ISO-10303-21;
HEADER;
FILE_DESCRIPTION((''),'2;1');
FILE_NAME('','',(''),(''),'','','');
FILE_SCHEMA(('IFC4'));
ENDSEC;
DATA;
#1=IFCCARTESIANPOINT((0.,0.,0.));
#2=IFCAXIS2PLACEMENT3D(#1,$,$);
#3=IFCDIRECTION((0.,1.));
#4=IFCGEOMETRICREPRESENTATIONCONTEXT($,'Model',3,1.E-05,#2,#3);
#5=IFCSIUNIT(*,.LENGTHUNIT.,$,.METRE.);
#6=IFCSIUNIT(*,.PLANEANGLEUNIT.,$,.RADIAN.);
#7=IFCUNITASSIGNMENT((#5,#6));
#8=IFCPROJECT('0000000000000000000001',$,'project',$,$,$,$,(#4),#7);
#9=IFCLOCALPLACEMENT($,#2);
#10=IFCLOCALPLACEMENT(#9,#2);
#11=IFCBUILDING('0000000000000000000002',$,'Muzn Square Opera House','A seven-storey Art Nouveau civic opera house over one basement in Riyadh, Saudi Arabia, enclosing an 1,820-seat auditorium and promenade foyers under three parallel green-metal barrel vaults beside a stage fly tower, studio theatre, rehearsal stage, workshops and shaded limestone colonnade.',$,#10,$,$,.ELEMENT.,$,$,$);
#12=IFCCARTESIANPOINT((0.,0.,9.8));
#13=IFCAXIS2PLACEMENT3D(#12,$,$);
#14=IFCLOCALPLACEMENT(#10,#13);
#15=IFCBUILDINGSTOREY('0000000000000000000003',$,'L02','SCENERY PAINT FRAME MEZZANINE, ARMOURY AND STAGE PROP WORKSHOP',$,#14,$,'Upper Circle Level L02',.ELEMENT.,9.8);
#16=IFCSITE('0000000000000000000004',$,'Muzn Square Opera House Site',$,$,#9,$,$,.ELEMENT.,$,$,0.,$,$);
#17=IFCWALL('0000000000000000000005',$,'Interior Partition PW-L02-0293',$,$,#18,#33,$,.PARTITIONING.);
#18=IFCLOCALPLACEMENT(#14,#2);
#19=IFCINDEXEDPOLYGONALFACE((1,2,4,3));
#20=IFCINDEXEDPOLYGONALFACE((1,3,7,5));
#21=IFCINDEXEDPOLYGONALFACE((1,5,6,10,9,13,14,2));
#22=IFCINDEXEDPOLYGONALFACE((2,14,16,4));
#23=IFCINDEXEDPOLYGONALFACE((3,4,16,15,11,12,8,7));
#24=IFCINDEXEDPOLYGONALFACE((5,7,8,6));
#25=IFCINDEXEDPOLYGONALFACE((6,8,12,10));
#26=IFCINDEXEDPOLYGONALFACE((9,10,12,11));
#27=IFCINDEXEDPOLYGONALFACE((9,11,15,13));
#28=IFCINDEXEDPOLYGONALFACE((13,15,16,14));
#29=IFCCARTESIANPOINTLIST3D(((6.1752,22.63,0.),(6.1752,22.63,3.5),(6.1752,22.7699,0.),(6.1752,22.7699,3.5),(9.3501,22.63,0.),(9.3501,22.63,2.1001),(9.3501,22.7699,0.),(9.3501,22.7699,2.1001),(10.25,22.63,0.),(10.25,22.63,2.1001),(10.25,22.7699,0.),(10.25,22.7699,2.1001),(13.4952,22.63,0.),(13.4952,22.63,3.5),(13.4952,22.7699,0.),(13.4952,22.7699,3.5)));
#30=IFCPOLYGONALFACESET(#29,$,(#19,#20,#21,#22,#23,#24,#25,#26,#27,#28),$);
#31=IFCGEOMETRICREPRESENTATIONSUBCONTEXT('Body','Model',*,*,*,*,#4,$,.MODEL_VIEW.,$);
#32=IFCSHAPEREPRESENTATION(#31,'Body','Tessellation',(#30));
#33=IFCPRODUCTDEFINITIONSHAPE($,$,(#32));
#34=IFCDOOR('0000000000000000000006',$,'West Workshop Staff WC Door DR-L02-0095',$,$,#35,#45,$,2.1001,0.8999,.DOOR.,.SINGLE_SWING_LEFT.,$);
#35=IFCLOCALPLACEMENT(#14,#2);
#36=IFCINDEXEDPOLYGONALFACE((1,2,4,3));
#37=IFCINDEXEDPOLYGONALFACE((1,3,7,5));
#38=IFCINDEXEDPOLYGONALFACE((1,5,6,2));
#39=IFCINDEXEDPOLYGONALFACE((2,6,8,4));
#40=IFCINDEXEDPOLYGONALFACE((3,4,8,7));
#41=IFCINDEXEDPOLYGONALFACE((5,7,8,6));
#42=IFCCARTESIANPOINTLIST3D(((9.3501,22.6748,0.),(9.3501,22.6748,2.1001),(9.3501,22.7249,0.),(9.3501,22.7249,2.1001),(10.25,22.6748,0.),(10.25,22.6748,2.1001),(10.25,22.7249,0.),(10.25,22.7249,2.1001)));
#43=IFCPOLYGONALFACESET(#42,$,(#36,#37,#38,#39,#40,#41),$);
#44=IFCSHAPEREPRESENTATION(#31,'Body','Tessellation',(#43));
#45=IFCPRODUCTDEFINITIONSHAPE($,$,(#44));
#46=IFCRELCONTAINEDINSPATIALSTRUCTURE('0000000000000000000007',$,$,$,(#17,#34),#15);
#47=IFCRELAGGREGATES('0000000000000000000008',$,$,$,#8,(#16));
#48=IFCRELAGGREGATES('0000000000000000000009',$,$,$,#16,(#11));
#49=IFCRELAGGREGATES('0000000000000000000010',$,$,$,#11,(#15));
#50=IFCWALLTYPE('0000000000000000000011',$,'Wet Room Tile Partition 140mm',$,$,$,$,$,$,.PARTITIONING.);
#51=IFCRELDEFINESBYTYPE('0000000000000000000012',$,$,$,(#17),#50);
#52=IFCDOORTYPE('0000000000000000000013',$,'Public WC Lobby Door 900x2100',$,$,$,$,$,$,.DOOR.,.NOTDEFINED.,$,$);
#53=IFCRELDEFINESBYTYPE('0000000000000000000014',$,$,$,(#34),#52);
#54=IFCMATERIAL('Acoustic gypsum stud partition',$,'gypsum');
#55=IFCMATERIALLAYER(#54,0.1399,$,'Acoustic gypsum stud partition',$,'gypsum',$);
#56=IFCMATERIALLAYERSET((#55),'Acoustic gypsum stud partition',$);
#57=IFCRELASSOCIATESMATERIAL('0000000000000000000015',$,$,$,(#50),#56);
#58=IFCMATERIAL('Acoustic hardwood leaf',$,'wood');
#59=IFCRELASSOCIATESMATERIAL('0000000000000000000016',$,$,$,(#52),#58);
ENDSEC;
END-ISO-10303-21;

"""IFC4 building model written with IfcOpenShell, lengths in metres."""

from ifc_helpers import new_model, si_unit, direction, frame, frame_2d, origin, place, context, subcontext, project, spatial, rectangle, extrude, material, layer, layer_set, type_object, element, fill, save


model = new_model("IFC4")

# Units and contexts
model_context = context("Model", 3, precision=1e-05, world=origin(), true_north=direction((0.0, 1.0)))
body_context = subcontext(model_context, "Body", "Model", "MODEL_VIEW")
ifc_project = project(units=[si_unit("LENGTHUNIT", "METRE"), si_unit("PLANEANGLEUNIT", "RADIAN")], contexts=[model_context])

# Site, building, storey
site_placement = place(None, origin())
site = spatial("IfcSite", under=ifc_project, at=site_placement, Name="Muzn Square Opera House Site", CompositionType="ELEMENT", RefElevation=0.0)
building_placement = place(site_placement, origin())
building = spatial("IfcBuilding", under=site, at=building_placement, Name="Muzn Square Opera House", Description="A seven-storey Art Nouveau civic opera house over one basement in Riyadh, Saudi Arabia, enclosing an 1,820-seat auditorium and promenade foyers under three parallel green-metal barrel vaults beside a stage fly tower, studio theatre, rehearsal stage, workshops and shaded limestone colonnade.", CompositionType="ELEMENT")
storey_placement = place(building_placement, frame((0.0, 0.0, 9.8)))
storey = spatial("IfcBuildingStorey", under=building, at=storey_placement, Name="L02", Description="SCENERY PAINT FRAME MEZZANINE, ARMOURY AND STAGE PROP WORKSHOP", LongName="Upper Circle Level L02", CompositionType="ELEMENT", Elevation=9.8)

# Wall, opening, door
ifc_material_1 = material(Name="Acoustic gypsum stud partition", Category="gypsum")
ifc_layer_1 = layer(ifc_material_1, 0.1399, Name="Acoustic gypsum stud partition", Category="gypsum")
ifc_layer_set_1 = layer_set([ifc_layer_1], Name="Acoustic gypsum stud partition")
wall_type_1 = type_object("IfcWallType", Name="Wet Room Tile Partition 140mm", PredefinedType="PARTITIONING", material=ifc_layer_set_1)
wall_1_placement = place(storey_placement, frame((6.175, 22.7, 0.0), z_axis=(0.0, 0.0, 1.0), x_axis=(1.0, 0.0, 0.0)))
wall_1 = element("IfcWall", 1, at=wall_1_placement, inside=storey, type_object=wall_type_1, Name="Interior Partition PW-L02-0293", PredefinedType="PARTITIONING", context=body_context, shape_type="SweptSolid", body=[
    extrude(rectangle(XDim=7.3201, YDim=0.1399, at=frame_2d((3.6602, 0.0))), origin(), (0.0, 0.0, 1.0), 3.5),
])
opening_1_placement = place(wall_1_placement, frame((3.175, 0.0, 0.0)))
opening_1 = element("IfcOpeningElement", 2, at=opening_1_placement, cuts=wall_1, PredefinedType="OPENING", context=body_context, shape_type="SweptSolid", body=[
    extrude(rectangle(XDim=0.8999, YDim=2.1001, at=frame_2d((0.45, 1.05))), frame((0.0, 0.0798, 0.0), z_axis=(0.0, -1.0, 0.0), x_axis=(1.0, 0.0, 0.0)), (0.0, 0.0, 1.0), 0.1599),
])
ifc_material_2 = material(Name="Acoustic hardwood leaf", Category="wood")
door_type_1 = type_object("IfcDoorType", Name="Public WC Lobby Door 900x2100", OperationType="NOTDEFINED", PredefinedType="DOOR", material=ifc_material_2)
door_1_placement = place(opening_1_placement, origin())
door_1 = element("IfcDoor", 3, at=door_1_placement, inside=storey, type_object=door_type_1, Name="West Workshop Staff WC Door DR-L02-0095", OperationType="SINGLE_SWING_LEFT", OverallHeight=2.1001, OverallWidth=0.8999, PredefinedType="DOOR", context=body_context, shape_type="SweptSolid", body=[
    extrude(rectangle(XDim=0.8999, YDim=2.1001, at=frame_2d((0.45, 1.05))), frame((0.0, 0.0249, 0.0), z_axis=(0.0, -1.0, 0.0), x_axis=(1.0, 0.0, 0.0)), (0.0, 0.0, 1.0), 0.05),
])
fill(opening_1, door_1)

save(model, "model.ifc")
